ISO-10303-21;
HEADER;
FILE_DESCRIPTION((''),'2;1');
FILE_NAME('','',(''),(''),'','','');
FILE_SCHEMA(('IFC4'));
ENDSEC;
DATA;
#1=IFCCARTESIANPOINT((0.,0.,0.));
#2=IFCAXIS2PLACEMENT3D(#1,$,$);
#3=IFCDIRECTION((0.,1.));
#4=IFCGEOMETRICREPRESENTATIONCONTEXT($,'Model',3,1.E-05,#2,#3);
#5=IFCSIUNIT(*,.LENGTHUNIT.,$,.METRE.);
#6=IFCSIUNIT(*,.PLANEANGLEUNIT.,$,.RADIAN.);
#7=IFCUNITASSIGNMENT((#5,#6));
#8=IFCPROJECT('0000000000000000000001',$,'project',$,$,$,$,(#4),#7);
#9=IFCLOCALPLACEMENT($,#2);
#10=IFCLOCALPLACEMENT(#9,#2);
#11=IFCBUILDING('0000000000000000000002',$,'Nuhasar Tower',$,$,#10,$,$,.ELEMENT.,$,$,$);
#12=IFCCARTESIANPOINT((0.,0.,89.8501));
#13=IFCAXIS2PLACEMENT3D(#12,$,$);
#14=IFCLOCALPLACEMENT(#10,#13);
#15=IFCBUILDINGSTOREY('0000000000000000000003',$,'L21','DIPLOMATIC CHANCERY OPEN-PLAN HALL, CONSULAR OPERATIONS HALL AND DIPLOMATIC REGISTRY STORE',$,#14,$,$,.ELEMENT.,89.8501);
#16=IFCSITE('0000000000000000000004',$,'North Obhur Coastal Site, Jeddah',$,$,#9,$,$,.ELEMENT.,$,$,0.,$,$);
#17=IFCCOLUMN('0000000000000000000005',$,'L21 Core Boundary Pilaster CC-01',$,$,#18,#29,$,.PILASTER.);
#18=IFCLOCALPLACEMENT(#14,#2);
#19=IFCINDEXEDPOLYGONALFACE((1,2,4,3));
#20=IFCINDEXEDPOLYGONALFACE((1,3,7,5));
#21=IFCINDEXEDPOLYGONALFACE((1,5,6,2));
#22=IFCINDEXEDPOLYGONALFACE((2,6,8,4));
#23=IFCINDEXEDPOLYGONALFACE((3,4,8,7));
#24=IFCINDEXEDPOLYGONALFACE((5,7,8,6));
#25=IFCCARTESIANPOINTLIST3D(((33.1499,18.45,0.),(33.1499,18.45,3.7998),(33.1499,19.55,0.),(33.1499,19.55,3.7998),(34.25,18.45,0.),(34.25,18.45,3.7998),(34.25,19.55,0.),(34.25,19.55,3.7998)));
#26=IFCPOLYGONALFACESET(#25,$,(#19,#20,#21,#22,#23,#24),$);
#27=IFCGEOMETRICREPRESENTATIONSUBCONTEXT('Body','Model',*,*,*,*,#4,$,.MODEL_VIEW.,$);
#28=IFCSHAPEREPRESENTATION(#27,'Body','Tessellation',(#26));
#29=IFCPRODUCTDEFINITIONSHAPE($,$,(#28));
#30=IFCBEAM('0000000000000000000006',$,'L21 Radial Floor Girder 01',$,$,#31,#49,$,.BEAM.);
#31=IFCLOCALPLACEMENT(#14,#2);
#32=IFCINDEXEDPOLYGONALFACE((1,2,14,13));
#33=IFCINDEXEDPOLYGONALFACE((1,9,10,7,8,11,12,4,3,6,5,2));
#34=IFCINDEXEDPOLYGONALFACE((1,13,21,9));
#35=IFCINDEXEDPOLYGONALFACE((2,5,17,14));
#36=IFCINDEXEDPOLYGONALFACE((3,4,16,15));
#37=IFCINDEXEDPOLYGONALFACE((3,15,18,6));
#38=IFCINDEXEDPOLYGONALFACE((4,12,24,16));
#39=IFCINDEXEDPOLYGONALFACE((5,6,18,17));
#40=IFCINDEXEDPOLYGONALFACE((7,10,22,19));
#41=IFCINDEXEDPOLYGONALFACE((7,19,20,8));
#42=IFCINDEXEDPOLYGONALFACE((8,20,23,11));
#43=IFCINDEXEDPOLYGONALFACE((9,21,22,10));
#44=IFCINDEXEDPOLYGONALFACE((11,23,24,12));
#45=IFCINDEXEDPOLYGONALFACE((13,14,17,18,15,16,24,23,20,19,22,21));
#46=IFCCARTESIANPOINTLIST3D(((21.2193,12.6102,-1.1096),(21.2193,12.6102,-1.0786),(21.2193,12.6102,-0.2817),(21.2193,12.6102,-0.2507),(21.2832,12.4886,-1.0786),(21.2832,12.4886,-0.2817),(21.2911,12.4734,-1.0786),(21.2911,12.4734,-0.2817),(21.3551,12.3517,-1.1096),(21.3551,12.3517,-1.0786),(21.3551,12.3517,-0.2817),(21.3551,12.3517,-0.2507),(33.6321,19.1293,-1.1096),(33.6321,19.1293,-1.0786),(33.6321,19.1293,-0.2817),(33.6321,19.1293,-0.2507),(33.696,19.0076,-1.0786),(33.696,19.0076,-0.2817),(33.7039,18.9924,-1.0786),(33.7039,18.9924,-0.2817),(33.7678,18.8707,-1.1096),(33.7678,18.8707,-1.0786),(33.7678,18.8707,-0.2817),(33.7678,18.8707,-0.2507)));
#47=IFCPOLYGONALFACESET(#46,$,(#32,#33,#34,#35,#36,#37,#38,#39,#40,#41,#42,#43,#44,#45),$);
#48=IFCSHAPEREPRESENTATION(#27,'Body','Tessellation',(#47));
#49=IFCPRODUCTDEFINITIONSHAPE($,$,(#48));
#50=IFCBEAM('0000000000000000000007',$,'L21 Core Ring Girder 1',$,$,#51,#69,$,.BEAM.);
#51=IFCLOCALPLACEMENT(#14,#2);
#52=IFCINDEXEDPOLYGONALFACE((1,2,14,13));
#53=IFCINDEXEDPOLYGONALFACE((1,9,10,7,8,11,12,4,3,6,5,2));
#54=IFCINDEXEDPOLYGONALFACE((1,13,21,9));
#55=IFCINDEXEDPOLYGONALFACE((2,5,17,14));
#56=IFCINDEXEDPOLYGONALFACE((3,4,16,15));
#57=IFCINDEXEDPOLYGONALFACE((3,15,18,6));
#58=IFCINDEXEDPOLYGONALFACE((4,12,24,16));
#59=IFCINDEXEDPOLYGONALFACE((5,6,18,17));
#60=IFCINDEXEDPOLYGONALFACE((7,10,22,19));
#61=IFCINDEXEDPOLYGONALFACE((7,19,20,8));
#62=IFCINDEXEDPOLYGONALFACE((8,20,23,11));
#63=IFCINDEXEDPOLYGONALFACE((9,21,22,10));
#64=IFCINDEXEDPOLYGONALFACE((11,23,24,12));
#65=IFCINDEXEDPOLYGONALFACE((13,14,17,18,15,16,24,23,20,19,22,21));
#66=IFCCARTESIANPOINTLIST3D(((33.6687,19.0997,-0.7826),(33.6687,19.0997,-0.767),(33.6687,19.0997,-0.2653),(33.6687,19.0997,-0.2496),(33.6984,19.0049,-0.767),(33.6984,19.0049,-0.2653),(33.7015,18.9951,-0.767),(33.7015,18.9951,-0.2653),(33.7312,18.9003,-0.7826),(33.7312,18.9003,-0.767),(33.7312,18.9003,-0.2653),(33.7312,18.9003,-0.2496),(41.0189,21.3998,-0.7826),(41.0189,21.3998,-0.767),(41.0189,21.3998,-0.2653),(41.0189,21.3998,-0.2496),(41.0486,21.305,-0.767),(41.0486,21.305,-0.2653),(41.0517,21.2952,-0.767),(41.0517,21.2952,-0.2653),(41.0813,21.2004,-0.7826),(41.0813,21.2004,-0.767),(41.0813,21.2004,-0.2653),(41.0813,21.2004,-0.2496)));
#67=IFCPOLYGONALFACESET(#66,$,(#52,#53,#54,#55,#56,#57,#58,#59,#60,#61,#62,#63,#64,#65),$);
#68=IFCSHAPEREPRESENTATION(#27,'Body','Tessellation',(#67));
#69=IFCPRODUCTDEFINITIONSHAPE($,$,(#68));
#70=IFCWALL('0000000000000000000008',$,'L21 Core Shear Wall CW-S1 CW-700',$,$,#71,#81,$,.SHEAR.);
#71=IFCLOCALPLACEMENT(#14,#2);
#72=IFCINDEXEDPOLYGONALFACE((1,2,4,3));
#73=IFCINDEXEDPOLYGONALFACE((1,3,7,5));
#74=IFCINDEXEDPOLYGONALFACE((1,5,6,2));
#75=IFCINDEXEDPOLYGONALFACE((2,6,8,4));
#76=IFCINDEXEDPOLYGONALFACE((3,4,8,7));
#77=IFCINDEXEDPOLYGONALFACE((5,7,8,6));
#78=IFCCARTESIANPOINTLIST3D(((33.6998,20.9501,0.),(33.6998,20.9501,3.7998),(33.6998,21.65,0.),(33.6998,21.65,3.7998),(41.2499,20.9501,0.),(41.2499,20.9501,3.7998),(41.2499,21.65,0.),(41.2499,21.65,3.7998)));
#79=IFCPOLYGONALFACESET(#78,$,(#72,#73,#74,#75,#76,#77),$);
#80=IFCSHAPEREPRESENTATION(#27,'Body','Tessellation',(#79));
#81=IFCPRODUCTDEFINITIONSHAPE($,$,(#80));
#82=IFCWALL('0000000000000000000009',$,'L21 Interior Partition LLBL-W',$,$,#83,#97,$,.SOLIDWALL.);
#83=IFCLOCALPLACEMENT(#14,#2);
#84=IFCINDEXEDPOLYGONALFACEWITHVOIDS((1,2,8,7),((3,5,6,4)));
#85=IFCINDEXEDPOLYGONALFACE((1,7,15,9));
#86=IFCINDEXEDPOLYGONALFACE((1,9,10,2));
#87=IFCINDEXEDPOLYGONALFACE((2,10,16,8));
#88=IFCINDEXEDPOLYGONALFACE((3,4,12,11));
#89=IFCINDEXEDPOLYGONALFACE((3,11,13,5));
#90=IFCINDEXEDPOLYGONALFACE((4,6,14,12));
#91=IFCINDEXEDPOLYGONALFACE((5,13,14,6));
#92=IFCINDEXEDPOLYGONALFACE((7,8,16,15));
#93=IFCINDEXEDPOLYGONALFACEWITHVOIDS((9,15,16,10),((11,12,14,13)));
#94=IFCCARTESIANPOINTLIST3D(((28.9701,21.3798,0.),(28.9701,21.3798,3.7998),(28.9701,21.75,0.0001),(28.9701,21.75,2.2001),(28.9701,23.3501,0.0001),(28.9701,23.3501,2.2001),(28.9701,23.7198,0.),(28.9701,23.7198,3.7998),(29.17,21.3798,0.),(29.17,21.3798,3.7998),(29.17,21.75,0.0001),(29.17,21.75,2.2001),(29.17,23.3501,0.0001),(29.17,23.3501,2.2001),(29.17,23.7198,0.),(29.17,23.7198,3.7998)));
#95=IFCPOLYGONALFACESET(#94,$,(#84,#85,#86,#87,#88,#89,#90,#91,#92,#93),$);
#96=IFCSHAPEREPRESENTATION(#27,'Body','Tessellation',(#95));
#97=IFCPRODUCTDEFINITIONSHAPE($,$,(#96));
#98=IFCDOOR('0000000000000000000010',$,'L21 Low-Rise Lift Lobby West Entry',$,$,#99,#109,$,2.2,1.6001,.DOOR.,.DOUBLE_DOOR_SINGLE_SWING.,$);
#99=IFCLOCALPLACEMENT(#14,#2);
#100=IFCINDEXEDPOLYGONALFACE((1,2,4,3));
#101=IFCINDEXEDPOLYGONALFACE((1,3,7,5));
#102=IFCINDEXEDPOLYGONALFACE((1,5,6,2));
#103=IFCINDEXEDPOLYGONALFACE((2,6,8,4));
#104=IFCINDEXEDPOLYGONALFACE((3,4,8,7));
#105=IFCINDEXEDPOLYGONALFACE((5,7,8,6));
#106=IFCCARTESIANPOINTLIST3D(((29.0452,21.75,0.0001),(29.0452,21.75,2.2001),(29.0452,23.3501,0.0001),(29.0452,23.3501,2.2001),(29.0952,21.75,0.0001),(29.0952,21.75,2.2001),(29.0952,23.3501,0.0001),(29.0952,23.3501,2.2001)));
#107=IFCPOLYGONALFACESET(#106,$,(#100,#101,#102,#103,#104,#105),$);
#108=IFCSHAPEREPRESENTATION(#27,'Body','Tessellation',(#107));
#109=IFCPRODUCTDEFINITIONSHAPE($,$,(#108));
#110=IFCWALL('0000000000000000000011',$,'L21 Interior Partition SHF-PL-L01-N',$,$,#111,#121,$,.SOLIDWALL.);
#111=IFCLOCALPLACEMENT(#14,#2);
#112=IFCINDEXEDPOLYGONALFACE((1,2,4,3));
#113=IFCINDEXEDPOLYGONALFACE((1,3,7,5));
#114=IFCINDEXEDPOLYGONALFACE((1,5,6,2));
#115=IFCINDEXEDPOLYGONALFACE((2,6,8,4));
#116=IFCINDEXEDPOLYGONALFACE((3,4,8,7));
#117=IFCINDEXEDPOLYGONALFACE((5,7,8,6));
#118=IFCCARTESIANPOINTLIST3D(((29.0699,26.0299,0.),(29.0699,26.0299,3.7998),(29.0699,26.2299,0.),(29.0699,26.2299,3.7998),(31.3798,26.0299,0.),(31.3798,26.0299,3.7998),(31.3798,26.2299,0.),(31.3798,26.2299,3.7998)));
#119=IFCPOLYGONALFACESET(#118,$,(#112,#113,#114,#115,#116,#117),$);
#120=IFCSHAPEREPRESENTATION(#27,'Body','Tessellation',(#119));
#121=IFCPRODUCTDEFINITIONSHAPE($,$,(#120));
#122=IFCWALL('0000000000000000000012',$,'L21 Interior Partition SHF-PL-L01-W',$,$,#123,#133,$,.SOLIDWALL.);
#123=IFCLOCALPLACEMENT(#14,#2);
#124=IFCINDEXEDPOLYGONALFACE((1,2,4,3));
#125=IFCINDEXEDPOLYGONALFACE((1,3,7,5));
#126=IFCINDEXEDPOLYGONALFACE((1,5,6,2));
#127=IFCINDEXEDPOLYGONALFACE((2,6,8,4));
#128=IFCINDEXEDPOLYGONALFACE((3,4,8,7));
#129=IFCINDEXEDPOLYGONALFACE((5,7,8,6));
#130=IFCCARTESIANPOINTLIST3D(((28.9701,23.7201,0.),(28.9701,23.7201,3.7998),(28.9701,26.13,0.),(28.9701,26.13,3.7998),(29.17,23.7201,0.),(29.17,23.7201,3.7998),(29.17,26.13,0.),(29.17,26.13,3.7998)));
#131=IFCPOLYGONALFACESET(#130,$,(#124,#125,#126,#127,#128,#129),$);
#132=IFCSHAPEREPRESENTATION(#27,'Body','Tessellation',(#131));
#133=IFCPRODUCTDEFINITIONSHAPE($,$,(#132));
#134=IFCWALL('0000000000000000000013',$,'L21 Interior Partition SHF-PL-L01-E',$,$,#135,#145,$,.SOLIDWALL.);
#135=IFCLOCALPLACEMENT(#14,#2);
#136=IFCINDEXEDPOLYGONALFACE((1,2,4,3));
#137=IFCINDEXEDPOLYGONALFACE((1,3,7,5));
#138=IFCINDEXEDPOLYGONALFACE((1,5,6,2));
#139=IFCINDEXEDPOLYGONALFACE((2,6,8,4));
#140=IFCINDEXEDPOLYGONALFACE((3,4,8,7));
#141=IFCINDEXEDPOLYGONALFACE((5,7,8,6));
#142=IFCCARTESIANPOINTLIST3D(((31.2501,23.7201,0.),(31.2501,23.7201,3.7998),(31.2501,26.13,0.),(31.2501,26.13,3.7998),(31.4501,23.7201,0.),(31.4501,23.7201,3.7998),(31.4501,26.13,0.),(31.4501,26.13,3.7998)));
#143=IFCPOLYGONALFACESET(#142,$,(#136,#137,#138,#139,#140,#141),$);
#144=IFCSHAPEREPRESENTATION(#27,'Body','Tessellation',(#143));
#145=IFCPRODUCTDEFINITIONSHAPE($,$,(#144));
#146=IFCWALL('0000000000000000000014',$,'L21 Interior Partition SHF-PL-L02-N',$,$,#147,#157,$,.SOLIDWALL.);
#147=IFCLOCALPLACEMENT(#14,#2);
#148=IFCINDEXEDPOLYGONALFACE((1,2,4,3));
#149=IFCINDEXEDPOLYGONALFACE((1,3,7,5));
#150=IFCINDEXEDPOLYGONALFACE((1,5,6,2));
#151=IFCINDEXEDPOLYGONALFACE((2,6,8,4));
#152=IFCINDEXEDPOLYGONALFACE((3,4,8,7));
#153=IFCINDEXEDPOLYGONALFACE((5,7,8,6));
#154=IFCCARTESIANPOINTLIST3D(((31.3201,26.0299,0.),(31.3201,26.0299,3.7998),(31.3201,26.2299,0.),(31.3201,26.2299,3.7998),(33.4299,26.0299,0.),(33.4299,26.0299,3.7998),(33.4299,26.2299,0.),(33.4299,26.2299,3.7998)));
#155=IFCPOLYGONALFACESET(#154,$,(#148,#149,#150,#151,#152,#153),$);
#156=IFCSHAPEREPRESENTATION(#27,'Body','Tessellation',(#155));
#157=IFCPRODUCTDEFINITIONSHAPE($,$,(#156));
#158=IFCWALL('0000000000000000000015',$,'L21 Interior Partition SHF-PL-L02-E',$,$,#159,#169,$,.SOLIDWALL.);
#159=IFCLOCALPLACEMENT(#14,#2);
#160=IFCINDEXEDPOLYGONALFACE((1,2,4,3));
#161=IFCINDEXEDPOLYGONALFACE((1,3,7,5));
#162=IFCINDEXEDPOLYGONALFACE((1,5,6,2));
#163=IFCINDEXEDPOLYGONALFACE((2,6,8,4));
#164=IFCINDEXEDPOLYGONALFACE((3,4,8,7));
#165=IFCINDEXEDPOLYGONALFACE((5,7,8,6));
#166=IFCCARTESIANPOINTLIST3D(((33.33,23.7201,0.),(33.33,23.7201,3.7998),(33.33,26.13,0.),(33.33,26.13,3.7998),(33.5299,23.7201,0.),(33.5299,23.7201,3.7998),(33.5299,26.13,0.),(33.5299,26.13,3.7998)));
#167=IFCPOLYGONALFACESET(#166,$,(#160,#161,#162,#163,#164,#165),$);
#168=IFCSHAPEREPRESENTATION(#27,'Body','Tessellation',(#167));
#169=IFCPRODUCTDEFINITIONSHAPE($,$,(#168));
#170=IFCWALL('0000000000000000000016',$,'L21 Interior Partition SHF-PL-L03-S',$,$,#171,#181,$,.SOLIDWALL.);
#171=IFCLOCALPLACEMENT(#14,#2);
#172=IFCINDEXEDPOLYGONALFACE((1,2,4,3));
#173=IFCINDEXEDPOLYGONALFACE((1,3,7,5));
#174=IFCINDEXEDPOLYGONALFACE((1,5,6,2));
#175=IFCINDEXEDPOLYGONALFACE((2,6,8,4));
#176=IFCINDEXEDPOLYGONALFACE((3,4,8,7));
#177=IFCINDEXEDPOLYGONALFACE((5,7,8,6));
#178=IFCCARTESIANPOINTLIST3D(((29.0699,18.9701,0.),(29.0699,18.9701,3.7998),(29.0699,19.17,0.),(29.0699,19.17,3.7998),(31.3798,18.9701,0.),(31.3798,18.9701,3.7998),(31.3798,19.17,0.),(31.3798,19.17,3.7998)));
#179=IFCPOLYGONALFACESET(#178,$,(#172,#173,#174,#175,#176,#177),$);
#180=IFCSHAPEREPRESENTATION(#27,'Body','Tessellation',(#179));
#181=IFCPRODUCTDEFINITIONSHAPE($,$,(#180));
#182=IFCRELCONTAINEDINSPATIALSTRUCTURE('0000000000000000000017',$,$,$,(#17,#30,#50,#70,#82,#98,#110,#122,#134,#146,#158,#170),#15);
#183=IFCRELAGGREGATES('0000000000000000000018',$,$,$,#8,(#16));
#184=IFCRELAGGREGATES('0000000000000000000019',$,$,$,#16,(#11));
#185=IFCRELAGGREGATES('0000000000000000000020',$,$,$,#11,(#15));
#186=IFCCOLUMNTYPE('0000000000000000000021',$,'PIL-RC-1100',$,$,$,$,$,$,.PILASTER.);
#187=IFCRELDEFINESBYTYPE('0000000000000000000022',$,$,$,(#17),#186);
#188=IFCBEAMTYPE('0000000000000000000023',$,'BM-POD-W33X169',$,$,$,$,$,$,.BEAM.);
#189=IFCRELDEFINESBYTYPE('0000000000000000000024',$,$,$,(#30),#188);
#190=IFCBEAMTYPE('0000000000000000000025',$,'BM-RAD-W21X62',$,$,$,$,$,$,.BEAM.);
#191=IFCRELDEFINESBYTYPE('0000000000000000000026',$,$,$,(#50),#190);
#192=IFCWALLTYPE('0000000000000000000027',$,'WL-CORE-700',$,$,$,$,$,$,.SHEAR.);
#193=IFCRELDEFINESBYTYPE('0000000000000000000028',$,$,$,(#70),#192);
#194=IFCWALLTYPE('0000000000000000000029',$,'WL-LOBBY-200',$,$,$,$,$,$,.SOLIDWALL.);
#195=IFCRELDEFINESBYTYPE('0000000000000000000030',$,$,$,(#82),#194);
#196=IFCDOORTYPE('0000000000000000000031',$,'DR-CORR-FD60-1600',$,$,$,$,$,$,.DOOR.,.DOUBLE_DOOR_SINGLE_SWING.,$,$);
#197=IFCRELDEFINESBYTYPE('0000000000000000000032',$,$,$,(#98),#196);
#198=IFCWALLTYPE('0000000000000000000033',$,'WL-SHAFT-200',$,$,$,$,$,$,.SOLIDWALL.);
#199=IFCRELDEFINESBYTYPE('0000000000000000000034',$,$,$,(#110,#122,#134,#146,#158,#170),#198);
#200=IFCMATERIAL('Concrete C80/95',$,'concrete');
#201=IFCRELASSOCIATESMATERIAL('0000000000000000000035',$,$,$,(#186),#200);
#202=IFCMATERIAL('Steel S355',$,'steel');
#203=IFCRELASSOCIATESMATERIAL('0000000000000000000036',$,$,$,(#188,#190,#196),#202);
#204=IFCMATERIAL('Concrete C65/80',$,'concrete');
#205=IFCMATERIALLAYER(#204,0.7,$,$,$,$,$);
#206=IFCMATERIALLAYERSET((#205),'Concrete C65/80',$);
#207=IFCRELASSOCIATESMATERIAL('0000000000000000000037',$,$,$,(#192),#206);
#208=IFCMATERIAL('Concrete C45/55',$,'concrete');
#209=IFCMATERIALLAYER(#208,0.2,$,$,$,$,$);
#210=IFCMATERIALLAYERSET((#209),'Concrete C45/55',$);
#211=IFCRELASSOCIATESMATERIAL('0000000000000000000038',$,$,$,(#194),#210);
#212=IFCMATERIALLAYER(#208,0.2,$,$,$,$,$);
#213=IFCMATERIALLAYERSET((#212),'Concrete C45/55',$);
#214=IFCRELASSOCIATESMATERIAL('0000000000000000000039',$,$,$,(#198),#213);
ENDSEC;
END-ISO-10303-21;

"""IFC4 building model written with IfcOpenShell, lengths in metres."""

from ifc_helpers import new_model, si_unit, direction, frame, frame_2d, origin, origin_2d, place, context, subcontext, project, spatial, rectangle, i_section, extrude, material, layer, layer_set, material_profile, profile_set, type_object, element, fill, save


model = new_model("IFC4")

# Units and contexts
model_context = context("Model", 3, precision=1e-05, world=origin(), true_north=direction((0.0, 1.0)))
body_context = subcontext(model_context, "Body", "Model", "MODEL_VIEW")
ifc_project = project(units=[si_unit("LENGTHUNIT", "METRE"), si_unit("PLANEANGLEUNIT", "RADIAN")], contexts=[model_context])

# Site, building, storey
site_placement = place(None, origin())
site = spatial("IfcSite", under=ifc_project, at=site_placement, Name="North Obhur Coastal Site, Jeddah", CompositionType="ELEMENT", RefElevation=0.0)
building_placement = place(site_placement, origin())
building = spatial("IfcBuilding", under=site, at=building_placement, Name="Nuhasar Tower", CompositionType="ELEMENT")
storey_placement = place(building_placement, frame((0.0, 0.0, 89.8501)))
storey = spatial("IfcBuildingStorey", under=building, at=storey_placement, Name="L21", Description="DIPLOMATIC CHANCERY OPEN-PLAN HALL, CONSULAR OPERATIONS HALL AND DIPLOMATIC REGISTRY STORE", CompositionType="ELEMENT", Elevation=89.8501)

# Column
ifc_material_1 = material(Name="Concrete C80/95", Category="concrete")
ifc_material_profile_1 = material_profile(ifc_material_1, rectangle(XDim=1.1001, YDim=1.1001, at=origin_2d()), Name="RC1100X1100")
ifc_profile_set_1 = profile_set([ifc_material_profile_1], Name="Concrete C80/95")
column_type = type_object("IfcColumnType", Name="PIL-RC-1100", PredefinedType="PILASTER", material=ifc_profile_set_1)
column_placement = place(storey_placement, frame((33.7, 19.0, 0.0), z_axis=(0.0, 0.0, 1.0), x_axis=(1.0, 0.0, 0.0)))
element("IfcColumn", 1, at=column_placement, inside=storey, type_object=column_type, Name="L21 Core Boundary Pilaster CC-01", PredefinedType="PILASTER", context=body_context, shape_type="SweptSolid", body=[
    extrude(rectangle(XDim=1.1001, YDim=1.1001, at=origin_2d()), origin(), (0.0, 0.0, 1.0), 3.7998),
])

# Beams
ifc_material_2 = material(Name="Steel S355", Category="steel")
ifc_material_profile_2 = material_profile(ifc_material_2, i_section(OverallWidth=0.292, OverallDepth=0.8589, WebThickness=0.0171, FlangeThickness=0.031, at=origin_2d()), Name="W33X169")
ifc_profile_set_2 = profile_set([ifc_material_profile_2], Name="Steel S355")
beam_type_1 = type_object("IfcBeamType", Name="BM-POD-W33X169", PredefinedType="BEAM", material=ifc_profile_set_2)
beam_1_placement = place(storey_placement, frame((33.7, 19.0, -0.6802), z_axis=(-0.88533, -0.464963, 0.0), x_axis=(0.464963, -0.88533, 0.0)))
element("IfcBeam", 2, at=beam_1_placement, inside=storey, type_object=beam_type_1, Name="L21 Radial Floor Girder 01", PredefinedType="BEAM", context=body_context, shape_type="SweptSolid", body=[
    extrude(i_section(OverallWidth=0.292, OverallDepth=0.8589, WebThickness=0.0171, FlangeThickness=0.031, at=origin_2d()), origin(), (0.0, 0.0, 1.0), 14.0205),
])
ifc_material_profile_3 = material_profile(ifc_material_2, i_section(OverallWidth=0.209, OverallDepth=0.533, WebThickness=0.0103, FlangeThickness=0.0156, at=origin_2d()), Name="W21X62")
ifc_profile_set_3 = profile_set([ifc_material_profile_3], Name="Steel S355")
beam_type_2 = type_object("IfcBeamType", Name="BM-RAD-W21X62", PredefinedType="BEAM", material=ifc_profile_set_3)
beam_2_placement = place(storey_placement, frame((33.7, 19.0, -0.5161), z_axis=(0.954364, 0.298647, 0.0), x_axis=(-0.298647, 0.954364, 0.0)))
element("IfcBeam", 3, at=beam_2_placement, inside=storey, type_object=beam_type_2, Name="L21 Core Ring Girder 1", PredefinedType="BEAM", context=body_context, shape_type="SweptSolid", body=[
    extrude(i_section(OverallWidth=0.209, OverallDepth=0.533, WebThickness=0.0103, FlangeThickness=0.0156, at=origin_2d()), origin(), (0.0, 0.0, 1.0), 7.7017),
])

# Wall
ifc_material_3 = material(Name="Concrete C65/80", Category="concrete")
ifc_layer_1 = layer(ifc_material_3, 0.7)
ifc_layer_set_1 = layer_set([ifc_layer_1], Name="Concrete C65/80")
wall_type_1 = type_object("IfcWallType", Name="WL-CORE-700", PredefinedType="SHEAR", material=ifc_layer_set_1)
wall_1_placement = place(storey_placement, frame((33.7, 21.3, 0.0), z_axis=(0.0, 0.0, 1.0), x_axis=(1.0, 0.0, 0.0)))
element("IfcWall", 4, at=wall_1_placement, inside=storey, type_object=wall_type_1, Name="L21 Core Shear Wall CW-S1 CW-700", PredefinedType="SHEAR", context=body_context, shape_type="SweptSolid", body=[
    extrude(rectangle(XDim=7.55, YDim=0.7, at=frame_2d((3.7749, 0.0))), origin(), (0.0, 0.0, 1.0), 3.7998),
])

# Wall, opening, door
ifc_material_4 = material(Name="Concrete C45/55", Category="concrete")
ifc_layer_2 = layer(ifc_material_4, 0.2)
ifc_layer_set_2 = layer_set([ifc_layer_2], Name="Concrete C45/55")
wall_type_2 = type_object("IfcWallType", Name="WL-LOBBY-200", PredefinedType="SOLIDWALL", material=ifc_layer_set_2)
wall_2_placement = place(storey_placement, frame((29.0701, 21.3799, 0.0), z_axis=(0.0, 0.0, 1.0), x_axis=(0.0, 1.0, 0.0)))
wall_2 = element("IfcWall", 5, at=wall_2_placement, inside=storey, type_object=wall_type_2, Name="L21 Interior Partition LLBL-W", PredefinedType="SOLIDWALL", context=body_context, shape_type="SweptSolid", body=[
    extrude(rectangle(XDim=2.3401, YDim=0.2, at=frame_2d((1.1699, 0.0))), origin(), (0.0, 0.0, 1.0), 3.7998),
])
opening_1_placement = place(wall_2_placement, frame((0.3701, 0.0, 0.0)))
opening_1 = element("IfcOpeningElement", 6, at=opening_1_placement, cuts=wall_2, PredefinedType="OPENING", context=body_context, shape_type="SweptSolid", body=[
    extrude(rectangle(XDim=1.6001, YDim=2.2, at=frame_2d((0.8, 1.1001))), frame((0.0, 0.1099, 0.0), z_axis=(0.0, -1.0, 0.0), x_axis=(1.0, 0.0, 0.0)), (0.0, 0.0, 1.0), 0.22),
])
door_type_1 = type_object("IfcDoorType", Name="DR-CORR-FD60-1600", OperationType="DOUBLE_DOOR_SINGLE_SWING", PredefinedType="DOOR", material=ifc_material_2)
door_1_placement = place(opening_1_placement, origin())
door_1 = element("IfcDoor", 7, at=door_1_placement, inside=storey, type_object=door_type_1, Name="L21 Low-Rise Lift Lobby West Entry", OperationType="DOUBLE_DOOR_SINGLE_SWING", OverallHeight=2.2, OverallWidth=1.6001, PredefinedType="DOOR", context=body_context, shape_type="SweptSolid", body=[
    extrude(rectangle(XDim=1.6001, YDim=2.2, at=frame_2d((0.8, 1.1001))), frame((0.0, 0.0249, 0.0), z_axis=(0.0, -1.0, 0.0), x_axis=(1.0, 0.0, 0.0)), (0.0, 0.0, 1.0), 0.05),
])
fill(opening_1, door_1)
ifc_layer_3 = layer(ifc_material_4, 0.2)
ifc_layer_set_3 = layer_set([ifc_layer_3], Name="Concrete C45/55")
wall_type_3 = type_object("IfcWallType", Name="WL-SHAFT-200", PredefinedType="SOLIDWALL", material=ifc_layer_set_3)

# Walls
wall_3_placement = place(storey_placement, frame((29.0701, 26.1299, 0.0), z_axis=(0.0, 0.0, 1.0), x_axis=(1.0, 0.0, 0.0)))
element("IfcWall", 8, at=wall_3_placement, inside=storey, type_object=wall_type_3, Name="L21 Interior Partition SHF-PL-L01-N", PredefinedType="SOLIDWALL", context=body_context, shape_type="SweptSolid", body=[
    extrude(rectangle(XDim=2.3098, YDim=0.2, at=frame_2d((1.1548, 0.0))), origin(), (0.0, 0.0, 1.0), 3.7998),
])
for number, where, z_axis, x_axis, name in (
    (9, (29.0701, 23.72, 0.0), (0.0, 0.0, 1.0), (0.0, 1.0, 0.0), "L21 Interior Partition SHF-PL-L01-W"),
    (10, (31.3501, 23.72, 0.0), (0.0, 0.0, 1.0), (0.0, 1.0, 0.0), "L21 Interior Partition SHF-PL-L01-E"),
):
    element("IfcWall", number, at=place(storey_placement, frame(where, z_axis=z_axis, x_axis=x_axis)), inside=storey, type_object=wall_type_3, Name=name, PredefinedType="SOLIDWALL", context=body_context, shape_type="SweptSolid", body=[
        extrude(rectangle(XDim=2.4099, YDim=0.2, at=frame_2d((1.2051, 0.0))), origin(), (0.0, 0.0, 1.0), 3.7998),
    ])

# Walls
wall_4_placement = place(storey_placement, frame((31.3201, 26.1299, 0.0), z_axis=(0.0, 0.0, 1.0), x_axis=(1.0, 0.0, 0.0)))
element("IfcWall", 11, at=wall_4_placement, inside=storey, type_object=wall_type_3, Name="L21 Interior Partition SHF-PL-L02-N", PredefinedType="SOLIDWALL", context=body_context, shape_type="SweptSolid", body=[
    extrude(rectangle(XDim=2.1099, YDim=0.2, at=frame_2d((1.0549, 0.0))), origin(), (0.0, 0.0, 1.0), 3.7998),
])
wall_5_placement = place(storey_placement, frame((33.4299, 23.72, 0.0), z_axis=(0.0, 0.0, 1.0), x_axis=(0.0, 1.0, 0.0)))
element("IfcWall", 12, at=wall_5_placement, inside=storey, type_object=wall_type_3, Name="L21 Interior Partition SHF-PL-L02-E", PredefinedType="SOLIDWALL", context=body_context, shape_type="SweptSolid", body=[
    extrude(rectangle(XDim=2.4099, YDim=0.2, at=frame_2d((1.2051, 0.0))), origin(), (0.0, 0.0, 1.0), 3.7998),
])
wall_6_placement = place(storey_placement, frame((29.0701, 19.0701, 0.0), z_axis=(0.0, 0.0, 1.0), x_axis=(1.0, 0.0, 0.0)))
element("IfcWall", 13, at=wall_6_placement, inside=storey, type_object=wall_type_3, Name="L21 Interior Partition SHF-PL-L03-S", PredefinedType="SOLIDWALL", context=body_context, shape_type="SweptSolid", body=[
    extrude(rectangle(XDim=2.3098, YDim=0.2, at=frame_2d((1.1548, 0.0))), origin(), (0.0, 0.0, 1.0), 3.7998),
])

save(model, "model.ifc")
